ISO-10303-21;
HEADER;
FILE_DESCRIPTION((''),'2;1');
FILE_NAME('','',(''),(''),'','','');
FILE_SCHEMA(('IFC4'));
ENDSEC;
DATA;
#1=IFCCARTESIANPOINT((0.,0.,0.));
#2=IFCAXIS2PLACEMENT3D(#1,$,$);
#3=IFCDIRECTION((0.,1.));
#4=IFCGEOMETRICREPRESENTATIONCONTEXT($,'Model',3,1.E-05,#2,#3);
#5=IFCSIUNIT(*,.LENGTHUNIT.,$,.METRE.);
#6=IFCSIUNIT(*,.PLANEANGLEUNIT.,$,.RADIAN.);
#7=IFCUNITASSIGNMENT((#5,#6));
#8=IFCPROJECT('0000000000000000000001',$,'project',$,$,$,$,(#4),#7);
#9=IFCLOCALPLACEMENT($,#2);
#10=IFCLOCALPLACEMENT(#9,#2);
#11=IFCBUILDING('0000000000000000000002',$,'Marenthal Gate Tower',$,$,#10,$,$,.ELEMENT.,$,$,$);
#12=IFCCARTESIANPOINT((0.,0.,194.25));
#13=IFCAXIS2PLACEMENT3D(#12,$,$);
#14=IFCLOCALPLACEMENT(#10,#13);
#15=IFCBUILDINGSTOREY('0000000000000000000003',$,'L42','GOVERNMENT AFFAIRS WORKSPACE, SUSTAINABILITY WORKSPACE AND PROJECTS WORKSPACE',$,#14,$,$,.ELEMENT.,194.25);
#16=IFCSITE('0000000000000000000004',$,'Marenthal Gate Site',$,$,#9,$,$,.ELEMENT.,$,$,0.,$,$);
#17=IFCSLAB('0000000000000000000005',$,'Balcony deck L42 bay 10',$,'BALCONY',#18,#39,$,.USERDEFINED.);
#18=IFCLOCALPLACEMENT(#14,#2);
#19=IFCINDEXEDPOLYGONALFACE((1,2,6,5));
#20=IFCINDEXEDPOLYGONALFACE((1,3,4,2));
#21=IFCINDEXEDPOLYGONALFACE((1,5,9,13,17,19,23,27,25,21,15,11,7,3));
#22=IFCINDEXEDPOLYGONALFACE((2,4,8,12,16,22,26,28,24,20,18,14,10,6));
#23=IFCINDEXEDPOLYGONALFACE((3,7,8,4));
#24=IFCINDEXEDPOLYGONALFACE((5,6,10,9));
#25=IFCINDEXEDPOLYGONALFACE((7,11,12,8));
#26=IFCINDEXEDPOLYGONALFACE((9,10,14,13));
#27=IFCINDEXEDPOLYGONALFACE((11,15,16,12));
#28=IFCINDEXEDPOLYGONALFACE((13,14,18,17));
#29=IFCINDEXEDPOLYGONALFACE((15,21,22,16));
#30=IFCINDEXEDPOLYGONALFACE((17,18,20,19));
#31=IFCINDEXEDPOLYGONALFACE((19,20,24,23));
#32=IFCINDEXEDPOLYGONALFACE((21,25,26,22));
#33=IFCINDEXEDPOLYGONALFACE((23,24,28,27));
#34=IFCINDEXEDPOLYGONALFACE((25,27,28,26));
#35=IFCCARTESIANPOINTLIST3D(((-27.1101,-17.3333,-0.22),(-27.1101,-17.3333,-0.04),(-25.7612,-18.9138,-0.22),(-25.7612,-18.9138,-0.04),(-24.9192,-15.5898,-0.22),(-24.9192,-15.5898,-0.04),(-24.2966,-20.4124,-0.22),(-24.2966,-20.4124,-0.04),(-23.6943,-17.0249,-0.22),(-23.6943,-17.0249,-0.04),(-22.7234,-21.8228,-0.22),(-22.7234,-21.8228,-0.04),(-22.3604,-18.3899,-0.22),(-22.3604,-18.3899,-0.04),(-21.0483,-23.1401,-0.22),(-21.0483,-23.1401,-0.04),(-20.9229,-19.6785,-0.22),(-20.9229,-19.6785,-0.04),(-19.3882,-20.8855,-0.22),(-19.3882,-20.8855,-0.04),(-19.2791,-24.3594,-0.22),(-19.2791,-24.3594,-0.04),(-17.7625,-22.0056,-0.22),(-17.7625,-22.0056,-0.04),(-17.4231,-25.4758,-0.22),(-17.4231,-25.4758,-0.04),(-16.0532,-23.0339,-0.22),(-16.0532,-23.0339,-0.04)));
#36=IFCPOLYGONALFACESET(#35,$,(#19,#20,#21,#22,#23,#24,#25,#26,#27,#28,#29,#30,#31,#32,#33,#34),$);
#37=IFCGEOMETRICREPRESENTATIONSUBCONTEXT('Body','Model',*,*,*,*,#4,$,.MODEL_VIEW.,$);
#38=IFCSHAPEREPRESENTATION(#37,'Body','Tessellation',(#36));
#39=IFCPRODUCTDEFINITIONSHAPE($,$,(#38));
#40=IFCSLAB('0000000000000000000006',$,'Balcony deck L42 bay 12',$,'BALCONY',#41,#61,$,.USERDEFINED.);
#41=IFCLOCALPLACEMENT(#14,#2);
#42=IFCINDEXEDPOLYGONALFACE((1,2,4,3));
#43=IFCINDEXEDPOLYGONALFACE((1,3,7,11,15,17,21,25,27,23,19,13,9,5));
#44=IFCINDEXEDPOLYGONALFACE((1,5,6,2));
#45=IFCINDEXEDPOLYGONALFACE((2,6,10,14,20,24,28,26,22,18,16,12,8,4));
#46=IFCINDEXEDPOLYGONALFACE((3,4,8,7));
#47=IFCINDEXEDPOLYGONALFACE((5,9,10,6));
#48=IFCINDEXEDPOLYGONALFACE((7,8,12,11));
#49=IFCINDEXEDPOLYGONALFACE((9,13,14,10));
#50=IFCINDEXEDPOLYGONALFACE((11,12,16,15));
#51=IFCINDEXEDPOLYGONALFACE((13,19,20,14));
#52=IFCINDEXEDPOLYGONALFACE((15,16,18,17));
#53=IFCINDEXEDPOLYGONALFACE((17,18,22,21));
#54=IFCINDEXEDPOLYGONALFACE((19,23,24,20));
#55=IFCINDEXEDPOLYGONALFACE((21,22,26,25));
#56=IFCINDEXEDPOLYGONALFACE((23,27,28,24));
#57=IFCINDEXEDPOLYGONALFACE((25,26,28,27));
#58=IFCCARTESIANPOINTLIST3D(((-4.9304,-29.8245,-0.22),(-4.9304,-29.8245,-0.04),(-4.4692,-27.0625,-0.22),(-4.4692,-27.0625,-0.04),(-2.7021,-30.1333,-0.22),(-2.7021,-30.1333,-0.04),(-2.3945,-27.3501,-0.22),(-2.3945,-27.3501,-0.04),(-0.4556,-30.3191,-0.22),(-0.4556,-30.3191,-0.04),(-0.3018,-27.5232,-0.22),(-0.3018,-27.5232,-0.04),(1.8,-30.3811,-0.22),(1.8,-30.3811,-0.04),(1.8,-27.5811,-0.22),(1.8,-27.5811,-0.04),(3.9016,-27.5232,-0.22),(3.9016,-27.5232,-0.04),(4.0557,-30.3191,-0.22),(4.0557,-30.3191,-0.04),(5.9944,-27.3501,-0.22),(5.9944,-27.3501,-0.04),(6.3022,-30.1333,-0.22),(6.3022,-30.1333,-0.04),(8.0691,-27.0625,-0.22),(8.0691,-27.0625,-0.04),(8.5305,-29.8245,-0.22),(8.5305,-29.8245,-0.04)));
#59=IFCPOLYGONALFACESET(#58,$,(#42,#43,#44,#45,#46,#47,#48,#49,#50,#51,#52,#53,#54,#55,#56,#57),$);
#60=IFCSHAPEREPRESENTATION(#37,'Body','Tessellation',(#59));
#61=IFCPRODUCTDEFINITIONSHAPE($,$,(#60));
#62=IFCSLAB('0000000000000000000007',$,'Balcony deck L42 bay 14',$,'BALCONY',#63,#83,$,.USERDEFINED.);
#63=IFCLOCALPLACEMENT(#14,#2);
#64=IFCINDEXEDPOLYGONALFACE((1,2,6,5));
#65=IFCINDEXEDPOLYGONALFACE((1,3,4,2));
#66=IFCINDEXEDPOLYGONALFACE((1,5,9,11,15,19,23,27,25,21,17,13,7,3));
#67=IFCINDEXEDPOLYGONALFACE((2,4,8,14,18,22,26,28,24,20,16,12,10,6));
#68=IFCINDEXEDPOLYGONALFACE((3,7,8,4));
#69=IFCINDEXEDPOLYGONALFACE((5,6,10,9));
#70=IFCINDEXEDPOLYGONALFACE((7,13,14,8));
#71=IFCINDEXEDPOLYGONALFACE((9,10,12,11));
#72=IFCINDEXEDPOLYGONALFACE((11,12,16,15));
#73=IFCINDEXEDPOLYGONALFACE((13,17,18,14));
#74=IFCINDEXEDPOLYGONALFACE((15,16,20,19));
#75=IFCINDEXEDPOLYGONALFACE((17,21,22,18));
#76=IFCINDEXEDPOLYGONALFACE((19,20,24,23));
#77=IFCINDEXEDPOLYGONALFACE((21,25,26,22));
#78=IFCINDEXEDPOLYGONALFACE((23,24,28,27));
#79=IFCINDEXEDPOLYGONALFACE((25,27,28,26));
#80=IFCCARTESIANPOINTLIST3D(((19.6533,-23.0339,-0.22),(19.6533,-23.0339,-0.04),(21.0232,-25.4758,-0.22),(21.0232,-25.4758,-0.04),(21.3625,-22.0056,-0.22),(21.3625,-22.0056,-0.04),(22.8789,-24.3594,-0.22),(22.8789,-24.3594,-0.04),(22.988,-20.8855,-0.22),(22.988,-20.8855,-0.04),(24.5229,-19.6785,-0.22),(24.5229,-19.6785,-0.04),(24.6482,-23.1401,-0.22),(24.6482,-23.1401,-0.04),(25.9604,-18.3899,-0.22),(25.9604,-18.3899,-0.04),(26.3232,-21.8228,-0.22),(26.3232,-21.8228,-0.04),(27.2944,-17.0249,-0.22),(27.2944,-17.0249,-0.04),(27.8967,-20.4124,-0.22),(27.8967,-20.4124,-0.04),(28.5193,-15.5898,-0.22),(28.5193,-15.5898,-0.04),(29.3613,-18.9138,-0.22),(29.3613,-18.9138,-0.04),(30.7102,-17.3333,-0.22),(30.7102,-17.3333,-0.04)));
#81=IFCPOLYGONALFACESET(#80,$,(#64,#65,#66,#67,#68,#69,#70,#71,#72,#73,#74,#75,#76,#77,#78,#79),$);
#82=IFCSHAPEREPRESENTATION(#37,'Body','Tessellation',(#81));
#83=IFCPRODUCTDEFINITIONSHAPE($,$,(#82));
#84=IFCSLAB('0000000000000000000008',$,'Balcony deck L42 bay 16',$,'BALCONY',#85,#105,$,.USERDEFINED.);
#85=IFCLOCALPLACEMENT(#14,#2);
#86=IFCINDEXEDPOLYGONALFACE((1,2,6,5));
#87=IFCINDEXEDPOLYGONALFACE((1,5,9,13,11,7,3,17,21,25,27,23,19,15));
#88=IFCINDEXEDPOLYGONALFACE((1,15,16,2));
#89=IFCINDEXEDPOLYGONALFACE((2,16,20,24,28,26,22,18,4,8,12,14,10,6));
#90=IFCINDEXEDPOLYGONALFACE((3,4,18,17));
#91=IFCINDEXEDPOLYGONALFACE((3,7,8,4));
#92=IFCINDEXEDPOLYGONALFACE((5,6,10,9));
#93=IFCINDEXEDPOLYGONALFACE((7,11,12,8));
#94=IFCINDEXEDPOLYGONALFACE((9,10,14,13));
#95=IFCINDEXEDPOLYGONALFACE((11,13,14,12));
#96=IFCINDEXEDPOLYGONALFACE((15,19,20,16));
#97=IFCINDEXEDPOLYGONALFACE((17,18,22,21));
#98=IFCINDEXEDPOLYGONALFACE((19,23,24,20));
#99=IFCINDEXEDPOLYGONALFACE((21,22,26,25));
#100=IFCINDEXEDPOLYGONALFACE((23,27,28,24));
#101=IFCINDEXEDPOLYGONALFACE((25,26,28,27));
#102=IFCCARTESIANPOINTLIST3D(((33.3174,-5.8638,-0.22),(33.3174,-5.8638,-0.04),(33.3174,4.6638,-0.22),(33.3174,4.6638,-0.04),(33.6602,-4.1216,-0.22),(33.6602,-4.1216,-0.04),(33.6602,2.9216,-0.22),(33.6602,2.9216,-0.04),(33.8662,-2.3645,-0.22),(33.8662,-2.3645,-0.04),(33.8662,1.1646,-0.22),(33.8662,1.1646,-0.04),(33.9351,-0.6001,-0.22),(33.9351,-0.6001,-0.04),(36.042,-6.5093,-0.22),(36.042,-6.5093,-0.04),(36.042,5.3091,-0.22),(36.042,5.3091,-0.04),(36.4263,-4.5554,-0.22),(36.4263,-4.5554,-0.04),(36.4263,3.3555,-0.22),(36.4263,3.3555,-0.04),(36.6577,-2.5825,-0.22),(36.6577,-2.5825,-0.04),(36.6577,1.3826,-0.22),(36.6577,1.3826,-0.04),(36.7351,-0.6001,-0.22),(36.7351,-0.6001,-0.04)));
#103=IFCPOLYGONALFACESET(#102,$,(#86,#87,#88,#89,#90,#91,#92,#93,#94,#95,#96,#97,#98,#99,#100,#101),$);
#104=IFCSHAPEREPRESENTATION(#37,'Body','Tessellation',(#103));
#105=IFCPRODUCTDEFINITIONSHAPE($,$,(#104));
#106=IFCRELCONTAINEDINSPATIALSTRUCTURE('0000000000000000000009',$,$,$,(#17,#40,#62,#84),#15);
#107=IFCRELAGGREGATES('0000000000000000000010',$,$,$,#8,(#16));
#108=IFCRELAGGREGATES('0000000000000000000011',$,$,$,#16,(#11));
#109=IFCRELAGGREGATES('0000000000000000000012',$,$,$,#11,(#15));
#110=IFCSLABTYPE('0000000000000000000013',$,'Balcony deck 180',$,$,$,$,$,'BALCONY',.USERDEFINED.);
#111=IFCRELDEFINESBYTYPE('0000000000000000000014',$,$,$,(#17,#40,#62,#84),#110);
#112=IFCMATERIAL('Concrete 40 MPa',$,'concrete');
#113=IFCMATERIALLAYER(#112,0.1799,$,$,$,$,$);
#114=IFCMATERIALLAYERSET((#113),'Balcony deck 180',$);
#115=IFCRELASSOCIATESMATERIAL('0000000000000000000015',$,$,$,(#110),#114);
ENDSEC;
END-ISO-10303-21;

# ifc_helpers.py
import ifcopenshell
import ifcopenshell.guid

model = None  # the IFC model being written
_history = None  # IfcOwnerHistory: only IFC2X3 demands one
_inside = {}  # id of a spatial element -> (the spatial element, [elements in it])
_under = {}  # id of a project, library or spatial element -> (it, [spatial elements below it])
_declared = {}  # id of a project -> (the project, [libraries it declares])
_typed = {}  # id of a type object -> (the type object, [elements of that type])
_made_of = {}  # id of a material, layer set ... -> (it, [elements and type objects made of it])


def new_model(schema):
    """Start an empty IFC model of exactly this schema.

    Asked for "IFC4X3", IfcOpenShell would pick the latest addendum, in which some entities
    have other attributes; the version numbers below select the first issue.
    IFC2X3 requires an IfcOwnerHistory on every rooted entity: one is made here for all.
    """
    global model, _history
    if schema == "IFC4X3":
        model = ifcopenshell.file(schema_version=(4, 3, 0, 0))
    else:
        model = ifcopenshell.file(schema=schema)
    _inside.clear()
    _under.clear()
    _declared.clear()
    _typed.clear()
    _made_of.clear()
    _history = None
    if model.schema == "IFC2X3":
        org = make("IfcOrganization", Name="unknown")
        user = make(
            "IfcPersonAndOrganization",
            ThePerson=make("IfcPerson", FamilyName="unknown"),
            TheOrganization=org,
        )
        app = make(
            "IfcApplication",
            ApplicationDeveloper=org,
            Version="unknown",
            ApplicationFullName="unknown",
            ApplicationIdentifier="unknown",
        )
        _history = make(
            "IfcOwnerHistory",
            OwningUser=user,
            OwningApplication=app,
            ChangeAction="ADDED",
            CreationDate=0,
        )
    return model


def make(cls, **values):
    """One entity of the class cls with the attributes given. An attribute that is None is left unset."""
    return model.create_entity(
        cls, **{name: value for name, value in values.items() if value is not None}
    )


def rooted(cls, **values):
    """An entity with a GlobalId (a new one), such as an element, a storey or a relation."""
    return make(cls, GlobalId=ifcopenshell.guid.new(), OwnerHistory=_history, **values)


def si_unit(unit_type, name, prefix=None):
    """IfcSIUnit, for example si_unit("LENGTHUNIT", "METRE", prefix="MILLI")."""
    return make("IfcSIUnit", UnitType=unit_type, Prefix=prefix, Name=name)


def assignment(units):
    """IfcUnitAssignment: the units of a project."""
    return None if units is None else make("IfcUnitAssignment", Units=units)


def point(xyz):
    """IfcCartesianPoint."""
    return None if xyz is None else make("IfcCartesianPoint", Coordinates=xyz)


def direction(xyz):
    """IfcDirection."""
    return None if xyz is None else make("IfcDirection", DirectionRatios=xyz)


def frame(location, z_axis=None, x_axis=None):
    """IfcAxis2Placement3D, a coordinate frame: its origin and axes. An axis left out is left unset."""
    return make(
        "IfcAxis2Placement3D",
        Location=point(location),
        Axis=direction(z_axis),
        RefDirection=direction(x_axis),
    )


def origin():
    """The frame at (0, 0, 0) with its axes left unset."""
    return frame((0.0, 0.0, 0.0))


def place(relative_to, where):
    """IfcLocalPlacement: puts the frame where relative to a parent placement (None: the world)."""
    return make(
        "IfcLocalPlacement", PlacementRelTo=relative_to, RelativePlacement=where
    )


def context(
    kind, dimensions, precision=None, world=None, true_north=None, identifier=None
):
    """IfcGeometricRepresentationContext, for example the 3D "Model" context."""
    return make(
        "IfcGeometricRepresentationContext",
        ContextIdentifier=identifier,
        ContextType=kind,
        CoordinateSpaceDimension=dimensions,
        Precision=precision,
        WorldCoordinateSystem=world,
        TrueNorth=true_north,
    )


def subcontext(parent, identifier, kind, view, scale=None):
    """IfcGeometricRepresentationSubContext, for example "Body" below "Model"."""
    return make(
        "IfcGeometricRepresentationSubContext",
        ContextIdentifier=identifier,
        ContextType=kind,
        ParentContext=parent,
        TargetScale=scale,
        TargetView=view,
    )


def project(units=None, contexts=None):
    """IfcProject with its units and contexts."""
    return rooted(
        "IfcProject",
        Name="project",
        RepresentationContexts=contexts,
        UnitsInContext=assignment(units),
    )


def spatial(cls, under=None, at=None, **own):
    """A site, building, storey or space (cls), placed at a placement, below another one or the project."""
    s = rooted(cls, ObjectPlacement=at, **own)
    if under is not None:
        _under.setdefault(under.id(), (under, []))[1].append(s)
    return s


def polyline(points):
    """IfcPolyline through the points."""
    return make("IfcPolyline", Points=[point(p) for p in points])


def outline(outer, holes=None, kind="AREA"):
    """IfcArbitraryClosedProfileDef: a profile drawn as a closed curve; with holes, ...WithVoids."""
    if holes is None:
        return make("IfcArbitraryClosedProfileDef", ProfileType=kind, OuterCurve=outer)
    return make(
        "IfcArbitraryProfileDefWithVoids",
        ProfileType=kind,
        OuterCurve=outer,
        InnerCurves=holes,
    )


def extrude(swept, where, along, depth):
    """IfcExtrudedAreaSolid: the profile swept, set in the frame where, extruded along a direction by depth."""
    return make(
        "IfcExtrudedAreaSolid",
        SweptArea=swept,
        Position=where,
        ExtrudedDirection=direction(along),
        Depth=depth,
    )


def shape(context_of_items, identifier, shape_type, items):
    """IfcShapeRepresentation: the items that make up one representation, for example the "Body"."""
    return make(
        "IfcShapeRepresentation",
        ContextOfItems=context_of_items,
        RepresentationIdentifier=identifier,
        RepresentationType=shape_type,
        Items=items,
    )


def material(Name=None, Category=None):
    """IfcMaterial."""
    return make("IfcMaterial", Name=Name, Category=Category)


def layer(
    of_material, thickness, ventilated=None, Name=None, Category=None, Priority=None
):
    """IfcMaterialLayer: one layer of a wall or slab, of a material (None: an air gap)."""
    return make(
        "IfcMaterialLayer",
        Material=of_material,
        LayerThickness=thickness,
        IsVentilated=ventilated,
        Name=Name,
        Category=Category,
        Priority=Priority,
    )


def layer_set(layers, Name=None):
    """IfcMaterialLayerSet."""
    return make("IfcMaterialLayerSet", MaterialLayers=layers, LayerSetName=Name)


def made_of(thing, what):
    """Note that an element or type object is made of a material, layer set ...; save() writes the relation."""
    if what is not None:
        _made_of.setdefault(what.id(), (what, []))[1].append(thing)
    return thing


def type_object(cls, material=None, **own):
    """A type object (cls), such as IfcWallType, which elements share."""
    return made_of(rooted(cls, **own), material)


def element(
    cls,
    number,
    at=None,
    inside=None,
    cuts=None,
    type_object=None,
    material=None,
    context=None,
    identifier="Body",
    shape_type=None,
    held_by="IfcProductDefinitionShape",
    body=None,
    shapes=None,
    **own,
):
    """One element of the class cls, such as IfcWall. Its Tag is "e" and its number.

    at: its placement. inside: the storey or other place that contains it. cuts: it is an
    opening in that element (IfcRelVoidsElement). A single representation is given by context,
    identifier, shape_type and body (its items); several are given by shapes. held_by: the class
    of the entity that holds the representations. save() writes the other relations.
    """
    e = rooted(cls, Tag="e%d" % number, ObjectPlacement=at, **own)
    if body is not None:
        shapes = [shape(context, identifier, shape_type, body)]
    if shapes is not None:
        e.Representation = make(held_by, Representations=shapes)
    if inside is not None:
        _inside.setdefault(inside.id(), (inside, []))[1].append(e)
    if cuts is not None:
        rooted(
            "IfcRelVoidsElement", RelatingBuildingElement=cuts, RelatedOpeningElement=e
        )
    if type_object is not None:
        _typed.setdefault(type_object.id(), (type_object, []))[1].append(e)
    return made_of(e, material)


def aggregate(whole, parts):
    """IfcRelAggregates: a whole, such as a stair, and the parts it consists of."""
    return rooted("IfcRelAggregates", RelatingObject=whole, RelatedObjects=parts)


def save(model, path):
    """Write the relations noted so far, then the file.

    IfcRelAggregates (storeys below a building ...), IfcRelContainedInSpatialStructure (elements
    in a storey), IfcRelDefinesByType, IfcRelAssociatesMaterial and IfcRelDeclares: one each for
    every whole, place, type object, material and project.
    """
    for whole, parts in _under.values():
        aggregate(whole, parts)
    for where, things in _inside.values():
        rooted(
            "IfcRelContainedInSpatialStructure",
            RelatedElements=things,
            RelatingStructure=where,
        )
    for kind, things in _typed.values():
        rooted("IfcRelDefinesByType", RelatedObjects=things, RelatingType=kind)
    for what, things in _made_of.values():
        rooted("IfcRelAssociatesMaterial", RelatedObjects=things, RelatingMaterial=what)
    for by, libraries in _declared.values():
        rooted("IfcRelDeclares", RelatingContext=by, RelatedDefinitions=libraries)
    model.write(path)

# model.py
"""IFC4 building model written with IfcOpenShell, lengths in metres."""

from ifc_helpers import new_model, si_unit, direction, frame, origin, place, context, subcontext, project, spatial, polyline, outline, extrude, material, layer, layer_set, type_object, element, save


model = new_model("IFC4")

# Units and contexts
model_context = context("Model", 3, precision=1e-05, world=origin(), true_north=direction((0.0, 1.0)))
body_context = subcontext(model_context, "Body", "Model", "MODEL_VIEW")
ifc_project = project(units=[si_unit("LENGTHUNIT", "METRE"), si_unit("PLANEANGLEUNIT", "RADIAN")], contexts=[model_context])

# Site, building, storey
site_placement = place(None, origin())
site = spatial("IfcSite", under=ifc_project, at=site_placement, Name="Marenthal Gate Site", CompositionType="ELEMENT", RefElevation=0.0)
building_placement = place(site_placement, origin())
building = spatial("IfcBuilding", under=site, at=building_placement, Name="Marenthal Gate Tower", CompositionType="ELEMENT")
storey_placement = place(building_placement, frame((0.0, 0.0, 194.25)))
storey = spatial("IfcBuildingStorey", under=building, at=storey_placement, Name="L42", Description="GOVERNMENT AFFAIRS WORKSPACE, SUSTAINABILITY WORKSPACE AND PROJECTS WORKSPACE", CompositionType="ELEMENT", Elevation=194.25)

# Slabs
ifc_material_1 = material(Name="Concrete 40 MPa", Category="concrete")
ifc_layer_1 = layer(ifc_material_1, 0.1799)
ifc_layer_set_1 = layer_set([ifc_layer_1], Name="Balcony deck 180")
slab_type_1 = type_object("IfcSlabType", Name="Balcony deck 180", ElementType="BALCONY", PredefinedType="USERDEFINED", material=ifc_layer_set_1)
slab_1_placement = place(storey_placement, frame((0.0, 0.0, -0.22)))
element("IfcSlab", 1, at=slab_1_placement, inside=storey, type_object=slab_type_1, Name="Balcony deck L42 bay 10", ObjectType="BALCONY", PredefinedType="USERDEFINED", context=body_context, shape_type="SweptSolid", body=[
    extrude(outline(polyline([(-24.9192, -15.5898), (-23.6943, -17.0249), (-22.3604, -18.3899), (-20.9229, -19.6785), (-19.3882, -20.8855), (-17.7625, -22.0056), (-16.0532, -23.0339), (-17.4231, -25.4758), (-19.2791, -24.3594), (-21.0483, -23.1401), (-22.7234, -21.8228), (-24.2966, -20.4124), (-25.7612, -18.9138), (-27.1101, -17.3333), (-24.9192, -15.5898)])), origin(), (0.0, 0.0, 1.0), 0.1799),
])
slab_2_placement = place(storey_placement, frame((0.0, 0.0, -0.22)))
element("IfcSlab", 2, at=slab_2_placement, inside=storey, type_object=slab_type_1, Name="Balcony deck L42 bay 12", ObjectType="BALCONY", PredefinedType="USERDEFINED", context=body_context, shape_type="SweptSolid", body=[
    extrude(outline(polyline([(-4.4692, -27.0625), (-2.3945, -27.3501), (-0.3018, -27.5232), (1.8, -27.5811), (3.9016, -27.5232), (5.9944, -27.3501), (8.0691, -27.0625), (8.5305, -29.8245), (6.3022, -30.1333), (4.0557, -30.3191), (1.8, -30.3811), (-0.4556, -30.3191), (-2.7021, -30.1333), (-4.9304, -29.8245), (-4.4692, -27.0625)])), origin(), (0.0, 0.0, 1.0), 0.1799),
])
slab_3_placement = place(storey_placement, frame((0.0, 0.0, -0.22)))
element("IfcSlab", 3, at=slab_3_placement, inside=storey, type_object=slab_type_1, Name="Balcony deck L42 bay 14", ObjectType="BALCONY", PredefinedType="USERDEFINED", context=body_context, shape_type="SweptSolid", body=[
    extrude(outline(polyline([(19.6533, -23.0339), (21.3625, -22.0056), (22.988, -20.8855), (24.5229, -19.6785), (25.9604, -18.3899), (27.2944, -17.0249), (28.5193, -15.5898), (30.7102, -17.3333), (29.3613, -18.9138), (27.8967, -20.4124), (26.3232, -21.8228), (24.6482, -23.1401), (22.8789, -24.3594), (21.0232, -25.4758), (19.6533, -23.0339)])), origin(), (0.0, 0.0, 1.0), 0.1799),
])
slab_4_placement = place(storey_placement, frame((0.0, 0.0, -0.22)))
element("IfcSlab", 4, at=slab_4_placement, inside=storey, type_object=slab_type_1, Name="Balcony deck L42 bay 16", ObjectType="BALCONY", PredefinedType="USERDEFINED", context=body_context, shape_type="SweptSolid", body=[
    extrude(outline(polyline([(33.3174, -5.8638), (33.6602, -4.1216), (33.8662, -2.3645), (33.9351, -0.6001), (33.8662, 1.1646), (33.6602, 2.9216), (33.3174, 4.6638), (36.042, 5.3091), (36.4263, 3.3555), (36.6577, 1.3826), (36.7351, -0.6001), (36.6577, -2.5825), (36.4263, -4.5554), (36.042, -6.5093), (33.3174, -5.8638)])), origin(), (0.0, 0.0, 1.0), 0.1799),
])

save(model, "model.ifc")
